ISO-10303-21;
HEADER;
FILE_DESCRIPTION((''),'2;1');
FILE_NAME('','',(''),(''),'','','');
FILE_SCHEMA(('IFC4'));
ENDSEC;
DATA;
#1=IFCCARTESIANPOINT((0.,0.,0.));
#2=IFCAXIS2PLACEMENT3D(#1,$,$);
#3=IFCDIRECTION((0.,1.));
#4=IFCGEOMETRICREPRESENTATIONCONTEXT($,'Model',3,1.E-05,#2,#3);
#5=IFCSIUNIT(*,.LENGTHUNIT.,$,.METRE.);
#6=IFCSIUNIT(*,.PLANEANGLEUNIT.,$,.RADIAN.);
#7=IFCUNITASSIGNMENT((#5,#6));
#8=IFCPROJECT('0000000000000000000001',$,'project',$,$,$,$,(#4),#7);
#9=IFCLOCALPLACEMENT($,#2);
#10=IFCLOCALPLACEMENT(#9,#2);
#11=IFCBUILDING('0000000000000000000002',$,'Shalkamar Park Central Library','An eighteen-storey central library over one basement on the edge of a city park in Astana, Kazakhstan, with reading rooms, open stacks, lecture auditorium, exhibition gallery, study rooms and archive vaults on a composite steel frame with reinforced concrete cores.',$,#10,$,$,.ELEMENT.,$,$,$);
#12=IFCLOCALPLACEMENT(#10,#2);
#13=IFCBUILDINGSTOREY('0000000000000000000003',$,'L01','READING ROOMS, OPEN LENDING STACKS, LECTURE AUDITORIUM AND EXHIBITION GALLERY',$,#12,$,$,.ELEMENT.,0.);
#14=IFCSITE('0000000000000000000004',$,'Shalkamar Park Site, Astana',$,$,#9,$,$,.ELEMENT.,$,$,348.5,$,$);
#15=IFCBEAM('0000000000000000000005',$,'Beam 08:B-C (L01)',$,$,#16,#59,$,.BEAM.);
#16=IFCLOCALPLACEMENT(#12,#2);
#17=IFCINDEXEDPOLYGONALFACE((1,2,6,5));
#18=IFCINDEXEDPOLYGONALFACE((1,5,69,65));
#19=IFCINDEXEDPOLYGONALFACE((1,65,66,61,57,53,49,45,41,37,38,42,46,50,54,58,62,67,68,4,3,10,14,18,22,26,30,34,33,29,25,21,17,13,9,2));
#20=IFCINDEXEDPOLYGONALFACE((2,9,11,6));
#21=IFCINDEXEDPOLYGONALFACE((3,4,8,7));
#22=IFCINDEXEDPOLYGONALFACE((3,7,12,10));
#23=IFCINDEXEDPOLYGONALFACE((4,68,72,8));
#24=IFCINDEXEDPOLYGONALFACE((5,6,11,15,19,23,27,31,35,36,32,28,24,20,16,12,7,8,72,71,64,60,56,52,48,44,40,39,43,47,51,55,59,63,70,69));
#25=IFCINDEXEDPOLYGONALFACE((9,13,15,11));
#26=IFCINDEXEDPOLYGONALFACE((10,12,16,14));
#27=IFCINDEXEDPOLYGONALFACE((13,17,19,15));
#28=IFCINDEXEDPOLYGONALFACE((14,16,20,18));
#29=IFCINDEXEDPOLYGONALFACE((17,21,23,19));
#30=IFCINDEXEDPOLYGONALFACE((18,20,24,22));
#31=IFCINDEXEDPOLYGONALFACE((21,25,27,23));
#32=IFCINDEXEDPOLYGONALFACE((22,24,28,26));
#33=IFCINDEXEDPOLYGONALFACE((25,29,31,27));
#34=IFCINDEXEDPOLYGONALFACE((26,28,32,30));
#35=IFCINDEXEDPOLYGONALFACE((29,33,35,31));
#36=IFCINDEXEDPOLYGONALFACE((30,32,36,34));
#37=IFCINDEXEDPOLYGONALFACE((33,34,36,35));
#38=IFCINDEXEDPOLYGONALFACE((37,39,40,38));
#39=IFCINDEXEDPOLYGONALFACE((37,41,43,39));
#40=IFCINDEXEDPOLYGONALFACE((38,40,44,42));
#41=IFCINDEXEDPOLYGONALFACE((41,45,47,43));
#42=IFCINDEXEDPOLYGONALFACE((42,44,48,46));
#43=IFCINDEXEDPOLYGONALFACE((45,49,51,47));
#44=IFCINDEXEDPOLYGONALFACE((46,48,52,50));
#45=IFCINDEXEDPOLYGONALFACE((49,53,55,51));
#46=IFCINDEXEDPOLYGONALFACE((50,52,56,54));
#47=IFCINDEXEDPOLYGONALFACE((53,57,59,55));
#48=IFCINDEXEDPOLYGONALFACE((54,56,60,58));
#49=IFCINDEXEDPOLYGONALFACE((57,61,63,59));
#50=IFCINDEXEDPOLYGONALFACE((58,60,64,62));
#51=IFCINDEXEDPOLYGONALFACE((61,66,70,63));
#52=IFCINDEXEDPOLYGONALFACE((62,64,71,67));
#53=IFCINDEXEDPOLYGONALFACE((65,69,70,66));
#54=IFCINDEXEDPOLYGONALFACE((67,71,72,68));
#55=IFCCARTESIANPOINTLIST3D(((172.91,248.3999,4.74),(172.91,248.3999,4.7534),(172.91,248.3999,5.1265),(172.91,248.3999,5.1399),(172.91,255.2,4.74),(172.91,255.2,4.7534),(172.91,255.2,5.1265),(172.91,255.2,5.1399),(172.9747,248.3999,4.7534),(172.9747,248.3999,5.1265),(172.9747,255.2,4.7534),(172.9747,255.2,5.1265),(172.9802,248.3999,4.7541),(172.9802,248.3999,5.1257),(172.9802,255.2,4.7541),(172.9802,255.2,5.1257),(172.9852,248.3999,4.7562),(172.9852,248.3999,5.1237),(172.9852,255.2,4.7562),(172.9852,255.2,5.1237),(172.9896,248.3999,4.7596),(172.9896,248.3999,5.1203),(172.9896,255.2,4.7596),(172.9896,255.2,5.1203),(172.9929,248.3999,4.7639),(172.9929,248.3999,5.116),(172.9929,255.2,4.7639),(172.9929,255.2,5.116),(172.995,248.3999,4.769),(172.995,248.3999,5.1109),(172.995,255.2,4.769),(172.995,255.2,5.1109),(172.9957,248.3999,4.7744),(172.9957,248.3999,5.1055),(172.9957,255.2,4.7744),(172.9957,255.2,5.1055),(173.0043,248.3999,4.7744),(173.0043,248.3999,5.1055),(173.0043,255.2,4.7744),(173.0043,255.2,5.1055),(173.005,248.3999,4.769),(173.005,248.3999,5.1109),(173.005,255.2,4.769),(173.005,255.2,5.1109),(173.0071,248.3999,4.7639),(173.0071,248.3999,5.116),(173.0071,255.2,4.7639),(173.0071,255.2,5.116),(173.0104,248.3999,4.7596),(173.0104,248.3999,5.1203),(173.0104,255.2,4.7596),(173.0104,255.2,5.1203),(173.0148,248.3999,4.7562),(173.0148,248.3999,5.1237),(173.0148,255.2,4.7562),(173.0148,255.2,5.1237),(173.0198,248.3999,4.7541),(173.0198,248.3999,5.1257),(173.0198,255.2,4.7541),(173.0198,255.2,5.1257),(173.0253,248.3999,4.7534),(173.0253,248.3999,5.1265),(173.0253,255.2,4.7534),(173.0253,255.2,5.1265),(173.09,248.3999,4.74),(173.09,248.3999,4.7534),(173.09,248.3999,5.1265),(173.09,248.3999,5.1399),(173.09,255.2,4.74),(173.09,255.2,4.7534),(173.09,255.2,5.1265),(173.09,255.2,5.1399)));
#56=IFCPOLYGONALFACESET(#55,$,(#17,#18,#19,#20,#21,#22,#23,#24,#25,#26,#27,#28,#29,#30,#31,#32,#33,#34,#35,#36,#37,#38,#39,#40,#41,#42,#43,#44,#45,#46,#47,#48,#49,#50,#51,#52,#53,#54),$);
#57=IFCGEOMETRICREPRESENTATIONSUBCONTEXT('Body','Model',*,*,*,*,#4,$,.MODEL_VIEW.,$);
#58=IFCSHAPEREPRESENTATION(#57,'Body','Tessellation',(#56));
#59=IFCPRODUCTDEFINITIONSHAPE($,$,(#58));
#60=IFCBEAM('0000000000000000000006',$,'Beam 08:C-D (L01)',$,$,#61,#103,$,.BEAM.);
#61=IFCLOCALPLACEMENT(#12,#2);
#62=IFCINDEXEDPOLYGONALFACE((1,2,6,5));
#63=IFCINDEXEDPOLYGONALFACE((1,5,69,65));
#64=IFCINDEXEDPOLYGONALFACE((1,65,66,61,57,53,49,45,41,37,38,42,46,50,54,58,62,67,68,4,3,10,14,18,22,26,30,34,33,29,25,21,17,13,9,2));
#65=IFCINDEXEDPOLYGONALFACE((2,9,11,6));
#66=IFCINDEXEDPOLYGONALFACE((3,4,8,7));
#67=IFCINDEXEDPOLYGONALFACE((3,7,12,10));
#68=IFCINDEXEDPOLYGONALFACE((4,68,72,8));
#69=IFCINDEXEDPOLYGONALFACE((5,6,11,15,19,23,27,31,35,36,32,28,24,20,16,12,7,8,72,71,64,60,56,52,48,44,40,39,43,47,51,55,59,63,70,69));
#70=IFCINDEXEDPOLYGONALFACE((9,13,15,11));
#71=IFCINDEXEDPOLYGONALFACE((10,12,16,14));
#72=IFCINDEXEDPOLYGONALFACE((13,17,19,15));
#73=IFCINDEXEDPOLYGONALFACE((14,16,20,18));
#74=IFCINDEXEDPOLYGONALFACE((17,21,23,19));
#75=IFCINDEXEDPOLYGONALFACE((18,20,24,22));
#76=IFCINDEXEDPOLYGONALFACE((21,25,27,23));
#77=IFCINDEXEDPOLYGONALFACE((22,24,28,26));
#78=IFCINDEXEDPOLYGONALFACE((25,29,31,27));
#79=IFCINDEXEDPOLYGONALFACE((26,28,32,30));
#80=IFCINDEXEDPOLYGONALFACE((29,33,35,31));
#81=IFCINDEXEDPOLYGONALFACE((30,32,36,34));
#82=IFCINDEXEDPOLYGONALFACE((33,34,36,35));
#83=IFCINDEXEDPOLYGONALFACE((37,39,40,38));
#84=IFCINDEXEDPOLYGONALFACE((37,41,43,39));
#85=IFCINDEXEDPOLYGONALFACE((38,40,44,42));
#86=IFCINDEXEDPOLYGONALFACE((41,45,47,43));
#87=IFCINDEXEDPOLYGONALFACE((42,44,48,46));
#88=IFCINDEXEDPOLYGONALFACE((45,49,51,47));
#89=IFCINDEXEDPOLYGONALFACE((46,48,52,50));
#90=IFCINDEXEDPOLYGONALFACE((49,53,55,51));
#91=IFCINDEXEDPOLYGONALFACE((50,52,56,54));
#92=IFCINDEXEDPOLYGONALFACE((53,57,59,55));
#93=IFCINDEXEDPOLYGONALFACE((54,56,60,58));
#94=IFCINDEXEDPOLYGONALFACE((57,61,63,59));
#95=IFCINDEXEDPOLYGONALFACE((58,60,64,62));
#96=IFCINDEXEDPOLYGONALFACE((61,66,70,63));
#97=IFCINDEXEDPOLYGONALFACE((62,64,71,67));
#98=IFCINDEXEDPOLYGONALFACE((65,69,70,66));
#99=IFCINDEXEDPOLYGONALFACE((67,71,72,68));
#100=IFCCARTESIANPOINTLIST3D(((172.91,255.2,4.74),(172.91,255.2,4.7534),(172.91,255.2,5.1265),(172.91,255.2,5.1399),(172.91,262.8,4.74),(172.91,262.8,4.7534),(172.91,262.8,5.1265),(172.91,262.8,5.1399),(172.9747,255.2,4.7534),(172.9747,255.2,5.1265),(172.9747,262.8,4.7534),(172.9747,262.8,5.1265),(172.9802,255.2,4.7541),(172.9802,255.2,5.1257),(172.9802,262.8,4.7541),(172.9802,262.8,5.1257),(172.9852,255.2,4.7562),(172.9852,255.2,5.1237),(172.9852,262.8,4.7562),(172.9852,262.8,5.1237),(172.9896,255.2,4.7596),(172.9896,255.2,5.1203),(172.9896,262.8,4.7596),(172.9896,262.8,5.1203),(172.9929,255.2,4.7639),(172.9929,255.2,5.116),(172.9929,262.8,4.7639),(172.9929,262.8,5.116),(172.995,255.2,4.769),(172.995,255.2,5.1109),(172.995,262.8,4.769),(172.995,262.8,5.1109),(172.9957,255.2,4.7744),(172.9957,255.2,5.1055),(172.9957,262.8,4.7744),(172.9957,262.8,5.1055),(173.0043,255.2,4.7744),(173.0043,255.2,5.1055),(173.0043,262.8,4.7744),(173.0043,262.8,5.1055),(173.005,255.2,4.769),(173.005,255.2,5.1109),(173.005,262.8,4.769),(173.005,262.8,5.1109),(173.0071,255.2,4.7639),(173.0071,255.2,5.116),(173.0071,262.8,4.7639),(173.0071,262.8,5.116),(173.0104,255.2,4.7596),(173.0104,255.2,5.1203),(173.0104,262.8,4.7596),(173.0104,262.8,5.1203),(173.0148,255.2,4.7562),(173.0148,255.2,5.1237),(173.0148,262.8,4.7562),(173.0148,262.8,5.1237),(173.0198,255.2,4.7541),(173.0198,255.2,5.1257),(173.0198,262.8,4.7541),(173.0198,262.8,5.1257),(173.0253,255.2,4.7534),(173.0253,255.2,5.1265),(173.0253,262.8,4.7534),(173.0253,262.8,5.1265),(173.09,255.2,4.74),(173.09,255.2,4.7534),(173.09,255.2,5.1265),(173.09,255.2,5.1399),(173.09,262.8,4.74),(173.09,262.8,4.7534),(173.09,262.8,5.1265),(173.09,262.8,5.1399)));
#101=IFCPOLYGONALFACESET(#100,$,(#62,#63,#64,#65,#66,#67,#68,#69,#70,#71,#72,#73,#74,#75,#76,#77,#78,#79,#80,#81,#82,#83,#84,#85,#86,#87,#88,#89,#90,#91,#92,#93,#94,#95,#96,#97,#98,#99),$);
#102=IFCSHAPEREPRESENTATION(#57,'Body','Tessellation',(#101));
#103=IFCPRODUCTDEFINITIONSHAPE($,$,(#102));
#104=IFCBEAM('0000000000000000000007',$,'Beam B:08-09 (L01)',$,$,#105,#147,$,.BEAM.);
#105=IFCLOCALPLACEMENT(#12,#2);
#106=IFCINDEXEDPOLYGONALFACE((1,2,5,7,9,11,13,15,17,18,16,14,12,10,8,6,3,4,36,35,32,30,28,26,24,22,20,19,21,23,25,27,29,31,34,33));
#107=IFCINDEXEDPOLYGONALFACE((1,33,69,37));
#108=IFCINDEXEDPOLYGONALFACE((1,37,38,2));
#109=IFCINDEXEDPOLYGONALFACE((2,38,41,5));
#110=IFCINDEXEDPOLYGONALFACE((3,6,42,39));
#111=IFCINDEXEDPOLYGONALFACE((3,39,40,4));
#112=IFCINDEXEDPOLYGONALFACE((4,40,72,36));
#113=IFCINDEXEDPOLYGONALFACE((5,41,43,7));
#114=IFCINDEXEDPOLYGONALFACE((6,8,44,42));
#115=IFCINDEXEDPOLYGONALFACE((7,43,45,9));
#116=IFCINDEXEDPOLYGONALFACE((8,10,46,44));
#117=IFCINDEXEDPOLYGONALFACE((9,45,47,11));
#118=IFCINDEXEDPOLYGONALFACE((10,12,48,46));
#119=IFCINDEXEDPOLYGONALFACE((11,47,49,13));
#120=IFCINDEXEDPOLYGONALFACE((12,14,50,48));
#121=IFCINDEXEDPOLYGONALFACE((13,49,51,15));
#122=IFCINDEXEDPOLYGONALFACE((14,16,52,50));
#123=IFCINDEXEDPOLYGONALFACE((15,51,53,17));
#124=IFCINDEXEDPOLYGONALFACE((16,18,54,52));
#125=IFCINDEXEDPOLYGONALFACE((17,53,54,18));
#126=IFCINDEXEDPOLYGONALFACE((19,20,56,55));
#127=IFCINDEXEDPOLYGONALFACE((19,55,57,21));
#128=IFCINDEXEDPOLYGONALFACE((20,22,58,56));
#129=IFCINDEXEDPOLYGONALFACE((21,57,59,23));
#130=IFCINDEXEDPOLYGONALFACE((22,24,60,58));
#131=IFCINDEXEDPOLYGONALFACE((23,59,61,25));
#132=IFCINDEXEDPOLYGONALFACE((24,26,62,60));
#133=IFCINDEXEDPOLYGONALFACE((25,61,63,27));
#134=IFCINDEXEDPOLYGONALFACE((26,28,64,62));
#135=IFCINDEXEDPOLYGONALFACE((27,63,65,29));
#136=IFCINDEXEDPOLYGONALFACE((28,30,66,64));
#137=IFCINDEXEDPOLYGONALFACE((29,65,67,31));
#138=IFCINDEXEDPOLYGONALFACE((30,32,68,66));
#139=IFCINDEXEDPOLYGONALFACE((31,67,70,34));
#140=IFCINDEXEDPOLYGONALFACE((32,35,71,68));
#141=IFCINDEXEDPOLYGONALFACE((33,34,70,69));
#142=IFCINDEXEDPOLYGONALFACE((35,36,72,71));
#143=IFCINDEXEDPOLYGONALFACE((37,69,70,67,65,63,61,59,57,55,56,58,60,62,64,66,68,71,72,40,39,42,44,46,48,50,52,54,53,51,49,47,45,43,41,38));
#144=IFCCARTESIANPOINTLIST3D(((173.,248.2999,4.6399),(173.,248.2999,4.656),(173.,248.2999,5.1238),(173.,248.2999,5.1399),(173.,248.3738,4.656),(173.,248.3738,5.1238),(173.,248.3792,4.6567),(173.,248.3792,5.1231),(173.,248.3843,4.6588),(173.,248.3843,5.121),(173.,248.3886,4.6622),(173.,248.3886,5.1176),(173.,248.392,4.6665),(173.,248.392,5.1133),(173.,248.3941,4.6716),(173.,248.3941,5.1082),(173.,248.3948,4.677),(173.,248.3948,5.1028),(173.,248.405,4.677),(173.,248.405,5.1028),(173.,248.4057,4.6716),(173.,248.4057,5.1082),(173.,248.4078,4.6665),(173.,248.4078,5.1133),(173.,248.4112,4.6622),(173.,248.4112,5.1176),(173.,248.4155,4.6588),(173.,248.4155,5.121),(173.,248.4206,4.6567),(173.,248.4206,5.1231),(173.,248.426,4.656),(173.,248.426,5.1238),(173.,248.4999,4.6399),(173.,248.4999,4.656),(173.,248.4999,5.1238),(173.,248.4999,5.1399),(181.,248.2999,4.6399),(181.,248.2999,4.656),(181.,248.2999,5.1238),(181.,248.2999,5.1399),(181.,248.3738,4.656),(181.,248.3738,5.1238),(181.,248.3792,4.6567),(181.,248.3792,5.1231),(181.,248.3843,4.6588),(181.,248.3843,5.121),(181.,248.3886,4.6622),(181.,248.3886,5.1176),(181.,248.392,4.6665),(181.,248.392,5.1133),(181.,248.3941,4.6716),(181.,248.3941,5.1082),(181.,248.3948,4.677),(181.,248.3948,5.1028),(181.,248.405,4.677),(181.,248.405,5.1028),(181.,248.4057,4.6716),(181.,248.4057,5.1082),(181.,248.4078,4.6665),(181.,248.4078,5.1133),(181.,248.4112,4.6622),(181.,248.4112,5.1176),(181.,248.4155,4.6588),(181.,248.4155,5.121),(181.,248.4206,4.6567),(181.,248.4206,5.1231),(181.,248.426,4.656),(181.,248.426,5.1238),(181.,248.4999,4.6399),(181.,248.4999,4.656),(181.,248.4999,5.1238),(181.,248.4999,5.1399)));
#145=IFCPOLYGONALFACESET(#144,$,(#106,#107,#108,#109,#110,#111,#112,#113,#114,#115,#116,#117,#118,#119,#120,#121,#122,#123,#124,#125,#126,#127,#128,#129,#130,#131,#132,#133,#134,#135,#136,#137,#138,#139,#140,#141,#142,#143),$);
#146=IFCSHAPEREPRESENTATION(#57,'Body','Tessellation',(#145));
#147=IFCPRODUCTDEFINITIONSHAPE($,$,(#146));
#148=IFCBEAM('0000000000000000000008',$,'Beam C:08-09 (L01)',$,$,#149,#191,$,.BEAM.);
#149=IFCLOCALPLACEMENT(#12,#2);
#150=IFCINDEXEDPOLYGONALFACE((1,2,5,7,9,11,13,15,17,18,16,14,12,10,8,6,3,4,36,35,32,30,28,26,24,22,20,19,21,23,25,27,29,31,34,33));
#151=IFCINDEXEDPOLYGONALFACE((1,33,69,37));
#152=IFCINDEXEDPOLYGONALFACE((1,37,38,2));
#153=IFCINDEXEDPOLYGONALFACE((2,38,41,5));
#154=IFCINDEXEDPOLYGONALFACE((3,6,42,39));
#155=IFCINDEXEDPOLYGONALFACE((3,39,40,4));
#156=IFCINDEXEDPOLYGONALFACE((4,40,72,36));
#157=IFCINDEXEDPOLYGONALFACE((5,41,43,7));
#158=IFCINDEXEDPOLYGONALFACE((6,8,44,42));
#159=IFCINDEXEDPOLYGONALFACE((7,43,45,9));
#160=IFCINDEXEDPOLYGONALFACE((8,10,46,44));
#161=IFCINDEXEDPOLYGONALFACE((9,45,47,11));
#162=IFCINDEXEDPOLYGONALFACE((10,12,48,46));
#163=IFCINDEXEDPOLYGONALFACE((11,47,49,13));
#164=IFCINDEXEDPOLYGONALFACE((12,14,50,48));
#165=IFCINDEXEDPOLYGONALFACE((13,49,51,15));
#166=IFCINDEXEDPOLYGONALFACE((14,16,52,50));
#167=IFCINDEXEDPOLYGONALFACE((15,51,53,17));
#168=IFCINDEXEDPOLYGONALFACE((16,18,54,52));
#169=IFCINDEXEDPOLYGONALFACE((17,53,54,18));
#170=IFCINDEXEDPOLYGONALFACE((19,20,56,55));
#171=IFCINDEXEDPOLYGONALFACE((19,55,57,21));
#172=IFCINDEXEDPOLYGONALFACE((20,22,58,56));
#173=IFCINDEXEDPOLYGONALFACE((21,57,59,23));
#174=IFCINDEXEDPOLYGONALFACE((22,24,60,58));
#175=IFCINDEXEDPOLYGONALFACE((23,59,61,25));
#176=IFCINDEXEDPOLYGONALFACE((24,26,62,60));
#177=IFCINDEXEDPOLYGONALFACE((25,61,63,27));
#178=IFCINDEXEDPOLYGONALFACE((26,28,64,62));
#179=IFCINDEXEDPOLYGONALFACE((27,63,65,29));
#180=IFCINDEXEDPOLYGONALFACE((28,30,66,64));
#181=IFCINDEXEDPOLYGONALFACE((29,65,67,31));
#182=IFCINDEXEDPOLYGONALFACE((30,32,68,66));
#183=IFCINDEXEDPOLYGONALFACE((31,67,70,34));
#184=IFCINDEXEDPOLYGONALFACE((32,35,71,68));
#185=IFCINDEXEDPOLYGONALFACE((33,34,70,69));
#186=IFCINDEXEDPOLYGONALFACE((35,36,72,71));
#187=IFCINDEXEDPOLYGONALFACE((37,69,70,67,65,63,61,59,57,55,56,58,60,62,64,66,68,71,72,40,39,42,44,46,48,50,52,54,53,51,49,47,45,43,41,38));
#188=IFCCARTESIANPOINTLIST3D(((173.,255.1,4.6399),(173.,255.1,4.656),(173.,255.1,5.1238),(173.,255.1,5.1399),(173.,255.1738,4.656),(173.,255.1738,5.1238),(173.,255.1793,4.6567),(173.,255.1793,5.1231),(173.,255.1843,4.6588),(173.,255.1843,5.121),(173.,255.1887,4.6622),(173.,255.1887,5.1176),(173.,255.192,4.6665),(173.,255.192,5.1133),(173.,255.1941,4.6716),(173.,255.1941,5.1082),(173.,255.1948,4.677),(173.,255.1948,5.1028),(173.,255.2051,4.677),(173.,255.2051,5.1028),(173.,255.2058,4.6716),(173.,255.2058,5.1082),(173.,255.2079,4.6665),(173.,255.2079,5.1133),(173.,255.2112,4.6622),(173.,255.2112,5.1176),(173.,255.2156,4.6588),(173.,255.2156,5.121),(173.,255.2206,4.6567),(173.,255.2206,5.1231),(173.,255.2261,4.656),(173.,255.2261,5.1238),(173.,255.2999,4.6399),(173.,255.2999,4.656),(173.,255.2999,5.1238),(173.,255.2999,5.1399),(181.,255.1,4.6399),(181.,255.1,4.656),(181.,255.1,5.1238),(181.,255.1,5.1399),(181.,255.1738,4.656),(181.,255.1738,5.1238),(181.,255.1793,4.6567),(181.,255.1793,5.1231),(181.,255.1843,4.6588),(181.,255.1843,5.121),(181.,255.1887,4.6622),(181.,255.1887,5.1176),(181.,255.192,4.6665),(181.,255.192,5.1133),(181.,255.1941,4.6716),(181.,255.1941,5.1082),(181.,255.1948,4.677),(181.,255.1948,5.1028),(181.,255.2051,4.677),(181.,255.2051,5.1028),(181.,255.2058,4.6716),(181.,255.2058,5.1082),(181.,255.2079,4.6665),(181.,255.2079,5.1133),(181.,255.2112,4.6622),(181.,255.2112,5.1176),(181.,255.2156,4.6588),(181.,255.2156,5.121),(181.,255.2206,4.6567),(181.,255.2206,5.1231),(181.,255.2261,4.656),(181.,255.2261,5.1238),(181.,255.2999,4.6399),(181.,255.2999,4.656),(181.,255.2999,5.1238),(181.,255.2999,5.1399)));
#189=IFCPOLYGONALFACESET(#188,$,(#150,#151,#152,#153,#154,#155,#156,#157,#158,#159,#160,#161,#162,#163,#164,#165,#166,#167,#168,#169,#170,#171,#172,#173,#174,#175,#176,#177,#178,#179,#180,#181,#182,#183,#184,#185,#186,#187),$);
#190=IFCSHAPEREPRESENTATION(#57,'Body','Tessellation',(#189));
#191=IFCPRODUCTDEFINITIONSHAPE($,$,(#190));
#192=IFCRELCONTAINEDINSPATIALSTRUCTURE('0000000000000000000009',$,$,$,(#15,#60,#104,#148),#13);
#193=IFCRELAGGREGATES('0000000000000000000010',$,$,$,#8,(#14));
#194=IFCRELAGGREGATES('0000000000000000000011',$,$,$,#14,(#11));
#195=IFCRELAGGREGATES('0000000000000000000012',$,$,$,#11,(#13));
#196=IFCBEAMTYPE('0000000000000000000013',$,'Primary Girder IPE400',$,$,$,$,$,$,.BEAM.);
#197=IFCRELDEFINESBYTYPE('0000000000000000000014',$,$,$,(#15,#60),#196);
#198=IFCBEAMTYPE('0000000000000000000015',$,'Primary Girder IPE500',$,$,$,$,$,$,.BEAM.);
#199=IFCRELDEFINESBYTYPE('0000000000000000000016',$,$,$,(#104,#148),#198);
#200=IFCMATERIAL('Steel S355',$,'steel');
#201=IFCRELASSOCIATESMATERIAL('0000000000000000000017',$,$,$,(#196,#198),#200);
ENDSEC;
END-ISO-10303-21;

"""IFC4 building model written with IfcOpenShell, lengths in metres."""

from ifc_helpers import new_model, si_unit, direction, frame, origin, origin_2d, place, context, subcontext, project, spatial, i_section, extrude, material, material_profile, profile_set, type_object, element, save


model = new_model("IFC4")

# Units and contexts
model_context = context("Model", 3, precision=1e-05, world=origin(), true_north=direction((0.0, 1.0)))
body_context = subcontext(model_context, "Body", "Model", "MODEL_VIEW")
ifc_project = project(units=[si_unit("LENGTHUNIT", "METRE"), si_unit("PLANEANGLEUNIT", "RADIAN")], contexts=[model_context])

# Site, building, storey
site_placement = place(None, origin())
site = spatial("IfcSite", under=ifc_project, at=site_placement, Name="Shalkamar Park Site, Astana", CompositionType="ELEMENT", RefElevation=348.5)
building_placement = place(site_placement, origin())
building = spatial("IfcBuilding", under=site, at=building_placement, Name="Shalkamar Park Central Library", Description="An eighteen-storey central library over one basement on the edge of a city park in Astana, Kazakhstan, with reading rooms, open stacks, lecture auditorium, exhibition gallery, study rooms and archive vaults on a composite steel frame with reinforced concrete cores.", CompositionType="ELEMENT")
storey_placement = place(building_placement, origin())
storey = spatial("IfcBuildingStorey", under=building, at=storey_placement, Name="L01", Description="READING ROOMS, OPEN LENDING STACKS, LECTURE AUDITORIUM AND EXHIBITION GALLERY", CompositionType="ELEMENT", Elevation=0.0)

# Shared definitions
ifc_material_1 = material(Name="Steel S355", Category="steel")

# Beams
ifc_material_profile_1 = material_profile(ifc_material_1, i_section(OverallWidth=0.1799, OverallDepth=0.3999, WebThickness=0.0085, FlangeThickness=0.0134, FilletRadius=0.021, at=origin_2d()), Name="IPE 400")
ifc_profile_set_1 = profile_set([ifc_material_profile_1], Name="Steel S355")
beam_type_1 = type_object("IfcBeamType", Name="Primary Girder IPE400", PredefinedType="BEAM", material=ifc_profile_set_1)
beam_1_placement = place(storey_placement, frame((173.0, 248.3999, 4.9399), z_axis=(0.0, 1.0, 0.0), x_axis=(-1.0, 0.0, 0.0)))
element("IfcBeam", 1, at=beam_1_placement, inside=storey, type_object=beam_type_1, Name="Beam 08:B-C (L01)", PredefinedType="BEAM", context=body_context, shape_type="SweptSolid", body=[
    extrude(i_section(OverallWidth=0.1799, OverallDepth=0.3999, WebThickness=0.0085, FlangeThickness=0.0134, FilletRadius=0.021, at=origin_2d()), origin(), (0.0, 0.0, 1.0), 6.8),
])
beam_2_placement = place(storey_placement, frame((173.0, 255.2, 4.9399), z_axis=(0.0, 1.0, 0.0), x_axis=(-1.0, 0.0, 0.0)))
element("IfcBeam", 2, at=beam_2_placement, inside=storey, type_object=beam_type_1, Name="Beam 08:C-D (L01)", PredefinedType="BEAM", context=body_context, shape_type="SweptSolid", body=[
    extrude(i_section(OverallWidth=0.1799, OverallDepth=0.3999, WebThickness=0.0085, FlangeThickness=0.0134, FilletRadius=0.021, at=origin_2d()), origin(), (0.0, 0.0, 1.0), 7.6001),
])
ifc_material_profile_2 = material_profile(ifc_material_1, i_section(OverallWidth=0.2, OverallDepth=0.5, WebThickness=0.0103, FlangeThickness=0.0161, FilletRadius=0.021, at=origin_2d()), Name="IPE 500")
ifc_profile_set_2 = profile_set([ifc_material_profile_2], Name="Steel S355")
beam_type_2 = type_object("IfcBeamType", Name="Primary Girder IPE500", PredefinedType="BEAM", material=ifc_profile_set_2)
for number, where, z_axis, x_axis, name in (
    (3, (173.0, 248.3999, 4.8899), (1.0, 0.0, 0.0), (0.0, 1.0, 0.0), "Beam B:08-09 (L01)"),
    (4, (173.0, 255.2, 4.8899), (1.0, 0.0, 0.0), (0.0, 1.0, 0.0), "Beam C:08-09 (L01)"),
):
    element("IfcBeam", number, at=place(storey_placement, frame(where, z_axis=z_axis, x_axis=x_axis)), inside=storey, type_object=beam_type_2, Name=name, PredefinedType="BEAM", context=body_context, shape_type="SweptSolid", body=[
        extrude(i_section(OverallWidth=0.2, OverallDepth=0.5, WebThickness=0.0103, FlangeThickness=0.0161, FilletRadius=0.021, at=origin_2d()), origin(), (0.0, 0.0, 1.0), 8.0),
    ])

save(model, "model.ifc")
